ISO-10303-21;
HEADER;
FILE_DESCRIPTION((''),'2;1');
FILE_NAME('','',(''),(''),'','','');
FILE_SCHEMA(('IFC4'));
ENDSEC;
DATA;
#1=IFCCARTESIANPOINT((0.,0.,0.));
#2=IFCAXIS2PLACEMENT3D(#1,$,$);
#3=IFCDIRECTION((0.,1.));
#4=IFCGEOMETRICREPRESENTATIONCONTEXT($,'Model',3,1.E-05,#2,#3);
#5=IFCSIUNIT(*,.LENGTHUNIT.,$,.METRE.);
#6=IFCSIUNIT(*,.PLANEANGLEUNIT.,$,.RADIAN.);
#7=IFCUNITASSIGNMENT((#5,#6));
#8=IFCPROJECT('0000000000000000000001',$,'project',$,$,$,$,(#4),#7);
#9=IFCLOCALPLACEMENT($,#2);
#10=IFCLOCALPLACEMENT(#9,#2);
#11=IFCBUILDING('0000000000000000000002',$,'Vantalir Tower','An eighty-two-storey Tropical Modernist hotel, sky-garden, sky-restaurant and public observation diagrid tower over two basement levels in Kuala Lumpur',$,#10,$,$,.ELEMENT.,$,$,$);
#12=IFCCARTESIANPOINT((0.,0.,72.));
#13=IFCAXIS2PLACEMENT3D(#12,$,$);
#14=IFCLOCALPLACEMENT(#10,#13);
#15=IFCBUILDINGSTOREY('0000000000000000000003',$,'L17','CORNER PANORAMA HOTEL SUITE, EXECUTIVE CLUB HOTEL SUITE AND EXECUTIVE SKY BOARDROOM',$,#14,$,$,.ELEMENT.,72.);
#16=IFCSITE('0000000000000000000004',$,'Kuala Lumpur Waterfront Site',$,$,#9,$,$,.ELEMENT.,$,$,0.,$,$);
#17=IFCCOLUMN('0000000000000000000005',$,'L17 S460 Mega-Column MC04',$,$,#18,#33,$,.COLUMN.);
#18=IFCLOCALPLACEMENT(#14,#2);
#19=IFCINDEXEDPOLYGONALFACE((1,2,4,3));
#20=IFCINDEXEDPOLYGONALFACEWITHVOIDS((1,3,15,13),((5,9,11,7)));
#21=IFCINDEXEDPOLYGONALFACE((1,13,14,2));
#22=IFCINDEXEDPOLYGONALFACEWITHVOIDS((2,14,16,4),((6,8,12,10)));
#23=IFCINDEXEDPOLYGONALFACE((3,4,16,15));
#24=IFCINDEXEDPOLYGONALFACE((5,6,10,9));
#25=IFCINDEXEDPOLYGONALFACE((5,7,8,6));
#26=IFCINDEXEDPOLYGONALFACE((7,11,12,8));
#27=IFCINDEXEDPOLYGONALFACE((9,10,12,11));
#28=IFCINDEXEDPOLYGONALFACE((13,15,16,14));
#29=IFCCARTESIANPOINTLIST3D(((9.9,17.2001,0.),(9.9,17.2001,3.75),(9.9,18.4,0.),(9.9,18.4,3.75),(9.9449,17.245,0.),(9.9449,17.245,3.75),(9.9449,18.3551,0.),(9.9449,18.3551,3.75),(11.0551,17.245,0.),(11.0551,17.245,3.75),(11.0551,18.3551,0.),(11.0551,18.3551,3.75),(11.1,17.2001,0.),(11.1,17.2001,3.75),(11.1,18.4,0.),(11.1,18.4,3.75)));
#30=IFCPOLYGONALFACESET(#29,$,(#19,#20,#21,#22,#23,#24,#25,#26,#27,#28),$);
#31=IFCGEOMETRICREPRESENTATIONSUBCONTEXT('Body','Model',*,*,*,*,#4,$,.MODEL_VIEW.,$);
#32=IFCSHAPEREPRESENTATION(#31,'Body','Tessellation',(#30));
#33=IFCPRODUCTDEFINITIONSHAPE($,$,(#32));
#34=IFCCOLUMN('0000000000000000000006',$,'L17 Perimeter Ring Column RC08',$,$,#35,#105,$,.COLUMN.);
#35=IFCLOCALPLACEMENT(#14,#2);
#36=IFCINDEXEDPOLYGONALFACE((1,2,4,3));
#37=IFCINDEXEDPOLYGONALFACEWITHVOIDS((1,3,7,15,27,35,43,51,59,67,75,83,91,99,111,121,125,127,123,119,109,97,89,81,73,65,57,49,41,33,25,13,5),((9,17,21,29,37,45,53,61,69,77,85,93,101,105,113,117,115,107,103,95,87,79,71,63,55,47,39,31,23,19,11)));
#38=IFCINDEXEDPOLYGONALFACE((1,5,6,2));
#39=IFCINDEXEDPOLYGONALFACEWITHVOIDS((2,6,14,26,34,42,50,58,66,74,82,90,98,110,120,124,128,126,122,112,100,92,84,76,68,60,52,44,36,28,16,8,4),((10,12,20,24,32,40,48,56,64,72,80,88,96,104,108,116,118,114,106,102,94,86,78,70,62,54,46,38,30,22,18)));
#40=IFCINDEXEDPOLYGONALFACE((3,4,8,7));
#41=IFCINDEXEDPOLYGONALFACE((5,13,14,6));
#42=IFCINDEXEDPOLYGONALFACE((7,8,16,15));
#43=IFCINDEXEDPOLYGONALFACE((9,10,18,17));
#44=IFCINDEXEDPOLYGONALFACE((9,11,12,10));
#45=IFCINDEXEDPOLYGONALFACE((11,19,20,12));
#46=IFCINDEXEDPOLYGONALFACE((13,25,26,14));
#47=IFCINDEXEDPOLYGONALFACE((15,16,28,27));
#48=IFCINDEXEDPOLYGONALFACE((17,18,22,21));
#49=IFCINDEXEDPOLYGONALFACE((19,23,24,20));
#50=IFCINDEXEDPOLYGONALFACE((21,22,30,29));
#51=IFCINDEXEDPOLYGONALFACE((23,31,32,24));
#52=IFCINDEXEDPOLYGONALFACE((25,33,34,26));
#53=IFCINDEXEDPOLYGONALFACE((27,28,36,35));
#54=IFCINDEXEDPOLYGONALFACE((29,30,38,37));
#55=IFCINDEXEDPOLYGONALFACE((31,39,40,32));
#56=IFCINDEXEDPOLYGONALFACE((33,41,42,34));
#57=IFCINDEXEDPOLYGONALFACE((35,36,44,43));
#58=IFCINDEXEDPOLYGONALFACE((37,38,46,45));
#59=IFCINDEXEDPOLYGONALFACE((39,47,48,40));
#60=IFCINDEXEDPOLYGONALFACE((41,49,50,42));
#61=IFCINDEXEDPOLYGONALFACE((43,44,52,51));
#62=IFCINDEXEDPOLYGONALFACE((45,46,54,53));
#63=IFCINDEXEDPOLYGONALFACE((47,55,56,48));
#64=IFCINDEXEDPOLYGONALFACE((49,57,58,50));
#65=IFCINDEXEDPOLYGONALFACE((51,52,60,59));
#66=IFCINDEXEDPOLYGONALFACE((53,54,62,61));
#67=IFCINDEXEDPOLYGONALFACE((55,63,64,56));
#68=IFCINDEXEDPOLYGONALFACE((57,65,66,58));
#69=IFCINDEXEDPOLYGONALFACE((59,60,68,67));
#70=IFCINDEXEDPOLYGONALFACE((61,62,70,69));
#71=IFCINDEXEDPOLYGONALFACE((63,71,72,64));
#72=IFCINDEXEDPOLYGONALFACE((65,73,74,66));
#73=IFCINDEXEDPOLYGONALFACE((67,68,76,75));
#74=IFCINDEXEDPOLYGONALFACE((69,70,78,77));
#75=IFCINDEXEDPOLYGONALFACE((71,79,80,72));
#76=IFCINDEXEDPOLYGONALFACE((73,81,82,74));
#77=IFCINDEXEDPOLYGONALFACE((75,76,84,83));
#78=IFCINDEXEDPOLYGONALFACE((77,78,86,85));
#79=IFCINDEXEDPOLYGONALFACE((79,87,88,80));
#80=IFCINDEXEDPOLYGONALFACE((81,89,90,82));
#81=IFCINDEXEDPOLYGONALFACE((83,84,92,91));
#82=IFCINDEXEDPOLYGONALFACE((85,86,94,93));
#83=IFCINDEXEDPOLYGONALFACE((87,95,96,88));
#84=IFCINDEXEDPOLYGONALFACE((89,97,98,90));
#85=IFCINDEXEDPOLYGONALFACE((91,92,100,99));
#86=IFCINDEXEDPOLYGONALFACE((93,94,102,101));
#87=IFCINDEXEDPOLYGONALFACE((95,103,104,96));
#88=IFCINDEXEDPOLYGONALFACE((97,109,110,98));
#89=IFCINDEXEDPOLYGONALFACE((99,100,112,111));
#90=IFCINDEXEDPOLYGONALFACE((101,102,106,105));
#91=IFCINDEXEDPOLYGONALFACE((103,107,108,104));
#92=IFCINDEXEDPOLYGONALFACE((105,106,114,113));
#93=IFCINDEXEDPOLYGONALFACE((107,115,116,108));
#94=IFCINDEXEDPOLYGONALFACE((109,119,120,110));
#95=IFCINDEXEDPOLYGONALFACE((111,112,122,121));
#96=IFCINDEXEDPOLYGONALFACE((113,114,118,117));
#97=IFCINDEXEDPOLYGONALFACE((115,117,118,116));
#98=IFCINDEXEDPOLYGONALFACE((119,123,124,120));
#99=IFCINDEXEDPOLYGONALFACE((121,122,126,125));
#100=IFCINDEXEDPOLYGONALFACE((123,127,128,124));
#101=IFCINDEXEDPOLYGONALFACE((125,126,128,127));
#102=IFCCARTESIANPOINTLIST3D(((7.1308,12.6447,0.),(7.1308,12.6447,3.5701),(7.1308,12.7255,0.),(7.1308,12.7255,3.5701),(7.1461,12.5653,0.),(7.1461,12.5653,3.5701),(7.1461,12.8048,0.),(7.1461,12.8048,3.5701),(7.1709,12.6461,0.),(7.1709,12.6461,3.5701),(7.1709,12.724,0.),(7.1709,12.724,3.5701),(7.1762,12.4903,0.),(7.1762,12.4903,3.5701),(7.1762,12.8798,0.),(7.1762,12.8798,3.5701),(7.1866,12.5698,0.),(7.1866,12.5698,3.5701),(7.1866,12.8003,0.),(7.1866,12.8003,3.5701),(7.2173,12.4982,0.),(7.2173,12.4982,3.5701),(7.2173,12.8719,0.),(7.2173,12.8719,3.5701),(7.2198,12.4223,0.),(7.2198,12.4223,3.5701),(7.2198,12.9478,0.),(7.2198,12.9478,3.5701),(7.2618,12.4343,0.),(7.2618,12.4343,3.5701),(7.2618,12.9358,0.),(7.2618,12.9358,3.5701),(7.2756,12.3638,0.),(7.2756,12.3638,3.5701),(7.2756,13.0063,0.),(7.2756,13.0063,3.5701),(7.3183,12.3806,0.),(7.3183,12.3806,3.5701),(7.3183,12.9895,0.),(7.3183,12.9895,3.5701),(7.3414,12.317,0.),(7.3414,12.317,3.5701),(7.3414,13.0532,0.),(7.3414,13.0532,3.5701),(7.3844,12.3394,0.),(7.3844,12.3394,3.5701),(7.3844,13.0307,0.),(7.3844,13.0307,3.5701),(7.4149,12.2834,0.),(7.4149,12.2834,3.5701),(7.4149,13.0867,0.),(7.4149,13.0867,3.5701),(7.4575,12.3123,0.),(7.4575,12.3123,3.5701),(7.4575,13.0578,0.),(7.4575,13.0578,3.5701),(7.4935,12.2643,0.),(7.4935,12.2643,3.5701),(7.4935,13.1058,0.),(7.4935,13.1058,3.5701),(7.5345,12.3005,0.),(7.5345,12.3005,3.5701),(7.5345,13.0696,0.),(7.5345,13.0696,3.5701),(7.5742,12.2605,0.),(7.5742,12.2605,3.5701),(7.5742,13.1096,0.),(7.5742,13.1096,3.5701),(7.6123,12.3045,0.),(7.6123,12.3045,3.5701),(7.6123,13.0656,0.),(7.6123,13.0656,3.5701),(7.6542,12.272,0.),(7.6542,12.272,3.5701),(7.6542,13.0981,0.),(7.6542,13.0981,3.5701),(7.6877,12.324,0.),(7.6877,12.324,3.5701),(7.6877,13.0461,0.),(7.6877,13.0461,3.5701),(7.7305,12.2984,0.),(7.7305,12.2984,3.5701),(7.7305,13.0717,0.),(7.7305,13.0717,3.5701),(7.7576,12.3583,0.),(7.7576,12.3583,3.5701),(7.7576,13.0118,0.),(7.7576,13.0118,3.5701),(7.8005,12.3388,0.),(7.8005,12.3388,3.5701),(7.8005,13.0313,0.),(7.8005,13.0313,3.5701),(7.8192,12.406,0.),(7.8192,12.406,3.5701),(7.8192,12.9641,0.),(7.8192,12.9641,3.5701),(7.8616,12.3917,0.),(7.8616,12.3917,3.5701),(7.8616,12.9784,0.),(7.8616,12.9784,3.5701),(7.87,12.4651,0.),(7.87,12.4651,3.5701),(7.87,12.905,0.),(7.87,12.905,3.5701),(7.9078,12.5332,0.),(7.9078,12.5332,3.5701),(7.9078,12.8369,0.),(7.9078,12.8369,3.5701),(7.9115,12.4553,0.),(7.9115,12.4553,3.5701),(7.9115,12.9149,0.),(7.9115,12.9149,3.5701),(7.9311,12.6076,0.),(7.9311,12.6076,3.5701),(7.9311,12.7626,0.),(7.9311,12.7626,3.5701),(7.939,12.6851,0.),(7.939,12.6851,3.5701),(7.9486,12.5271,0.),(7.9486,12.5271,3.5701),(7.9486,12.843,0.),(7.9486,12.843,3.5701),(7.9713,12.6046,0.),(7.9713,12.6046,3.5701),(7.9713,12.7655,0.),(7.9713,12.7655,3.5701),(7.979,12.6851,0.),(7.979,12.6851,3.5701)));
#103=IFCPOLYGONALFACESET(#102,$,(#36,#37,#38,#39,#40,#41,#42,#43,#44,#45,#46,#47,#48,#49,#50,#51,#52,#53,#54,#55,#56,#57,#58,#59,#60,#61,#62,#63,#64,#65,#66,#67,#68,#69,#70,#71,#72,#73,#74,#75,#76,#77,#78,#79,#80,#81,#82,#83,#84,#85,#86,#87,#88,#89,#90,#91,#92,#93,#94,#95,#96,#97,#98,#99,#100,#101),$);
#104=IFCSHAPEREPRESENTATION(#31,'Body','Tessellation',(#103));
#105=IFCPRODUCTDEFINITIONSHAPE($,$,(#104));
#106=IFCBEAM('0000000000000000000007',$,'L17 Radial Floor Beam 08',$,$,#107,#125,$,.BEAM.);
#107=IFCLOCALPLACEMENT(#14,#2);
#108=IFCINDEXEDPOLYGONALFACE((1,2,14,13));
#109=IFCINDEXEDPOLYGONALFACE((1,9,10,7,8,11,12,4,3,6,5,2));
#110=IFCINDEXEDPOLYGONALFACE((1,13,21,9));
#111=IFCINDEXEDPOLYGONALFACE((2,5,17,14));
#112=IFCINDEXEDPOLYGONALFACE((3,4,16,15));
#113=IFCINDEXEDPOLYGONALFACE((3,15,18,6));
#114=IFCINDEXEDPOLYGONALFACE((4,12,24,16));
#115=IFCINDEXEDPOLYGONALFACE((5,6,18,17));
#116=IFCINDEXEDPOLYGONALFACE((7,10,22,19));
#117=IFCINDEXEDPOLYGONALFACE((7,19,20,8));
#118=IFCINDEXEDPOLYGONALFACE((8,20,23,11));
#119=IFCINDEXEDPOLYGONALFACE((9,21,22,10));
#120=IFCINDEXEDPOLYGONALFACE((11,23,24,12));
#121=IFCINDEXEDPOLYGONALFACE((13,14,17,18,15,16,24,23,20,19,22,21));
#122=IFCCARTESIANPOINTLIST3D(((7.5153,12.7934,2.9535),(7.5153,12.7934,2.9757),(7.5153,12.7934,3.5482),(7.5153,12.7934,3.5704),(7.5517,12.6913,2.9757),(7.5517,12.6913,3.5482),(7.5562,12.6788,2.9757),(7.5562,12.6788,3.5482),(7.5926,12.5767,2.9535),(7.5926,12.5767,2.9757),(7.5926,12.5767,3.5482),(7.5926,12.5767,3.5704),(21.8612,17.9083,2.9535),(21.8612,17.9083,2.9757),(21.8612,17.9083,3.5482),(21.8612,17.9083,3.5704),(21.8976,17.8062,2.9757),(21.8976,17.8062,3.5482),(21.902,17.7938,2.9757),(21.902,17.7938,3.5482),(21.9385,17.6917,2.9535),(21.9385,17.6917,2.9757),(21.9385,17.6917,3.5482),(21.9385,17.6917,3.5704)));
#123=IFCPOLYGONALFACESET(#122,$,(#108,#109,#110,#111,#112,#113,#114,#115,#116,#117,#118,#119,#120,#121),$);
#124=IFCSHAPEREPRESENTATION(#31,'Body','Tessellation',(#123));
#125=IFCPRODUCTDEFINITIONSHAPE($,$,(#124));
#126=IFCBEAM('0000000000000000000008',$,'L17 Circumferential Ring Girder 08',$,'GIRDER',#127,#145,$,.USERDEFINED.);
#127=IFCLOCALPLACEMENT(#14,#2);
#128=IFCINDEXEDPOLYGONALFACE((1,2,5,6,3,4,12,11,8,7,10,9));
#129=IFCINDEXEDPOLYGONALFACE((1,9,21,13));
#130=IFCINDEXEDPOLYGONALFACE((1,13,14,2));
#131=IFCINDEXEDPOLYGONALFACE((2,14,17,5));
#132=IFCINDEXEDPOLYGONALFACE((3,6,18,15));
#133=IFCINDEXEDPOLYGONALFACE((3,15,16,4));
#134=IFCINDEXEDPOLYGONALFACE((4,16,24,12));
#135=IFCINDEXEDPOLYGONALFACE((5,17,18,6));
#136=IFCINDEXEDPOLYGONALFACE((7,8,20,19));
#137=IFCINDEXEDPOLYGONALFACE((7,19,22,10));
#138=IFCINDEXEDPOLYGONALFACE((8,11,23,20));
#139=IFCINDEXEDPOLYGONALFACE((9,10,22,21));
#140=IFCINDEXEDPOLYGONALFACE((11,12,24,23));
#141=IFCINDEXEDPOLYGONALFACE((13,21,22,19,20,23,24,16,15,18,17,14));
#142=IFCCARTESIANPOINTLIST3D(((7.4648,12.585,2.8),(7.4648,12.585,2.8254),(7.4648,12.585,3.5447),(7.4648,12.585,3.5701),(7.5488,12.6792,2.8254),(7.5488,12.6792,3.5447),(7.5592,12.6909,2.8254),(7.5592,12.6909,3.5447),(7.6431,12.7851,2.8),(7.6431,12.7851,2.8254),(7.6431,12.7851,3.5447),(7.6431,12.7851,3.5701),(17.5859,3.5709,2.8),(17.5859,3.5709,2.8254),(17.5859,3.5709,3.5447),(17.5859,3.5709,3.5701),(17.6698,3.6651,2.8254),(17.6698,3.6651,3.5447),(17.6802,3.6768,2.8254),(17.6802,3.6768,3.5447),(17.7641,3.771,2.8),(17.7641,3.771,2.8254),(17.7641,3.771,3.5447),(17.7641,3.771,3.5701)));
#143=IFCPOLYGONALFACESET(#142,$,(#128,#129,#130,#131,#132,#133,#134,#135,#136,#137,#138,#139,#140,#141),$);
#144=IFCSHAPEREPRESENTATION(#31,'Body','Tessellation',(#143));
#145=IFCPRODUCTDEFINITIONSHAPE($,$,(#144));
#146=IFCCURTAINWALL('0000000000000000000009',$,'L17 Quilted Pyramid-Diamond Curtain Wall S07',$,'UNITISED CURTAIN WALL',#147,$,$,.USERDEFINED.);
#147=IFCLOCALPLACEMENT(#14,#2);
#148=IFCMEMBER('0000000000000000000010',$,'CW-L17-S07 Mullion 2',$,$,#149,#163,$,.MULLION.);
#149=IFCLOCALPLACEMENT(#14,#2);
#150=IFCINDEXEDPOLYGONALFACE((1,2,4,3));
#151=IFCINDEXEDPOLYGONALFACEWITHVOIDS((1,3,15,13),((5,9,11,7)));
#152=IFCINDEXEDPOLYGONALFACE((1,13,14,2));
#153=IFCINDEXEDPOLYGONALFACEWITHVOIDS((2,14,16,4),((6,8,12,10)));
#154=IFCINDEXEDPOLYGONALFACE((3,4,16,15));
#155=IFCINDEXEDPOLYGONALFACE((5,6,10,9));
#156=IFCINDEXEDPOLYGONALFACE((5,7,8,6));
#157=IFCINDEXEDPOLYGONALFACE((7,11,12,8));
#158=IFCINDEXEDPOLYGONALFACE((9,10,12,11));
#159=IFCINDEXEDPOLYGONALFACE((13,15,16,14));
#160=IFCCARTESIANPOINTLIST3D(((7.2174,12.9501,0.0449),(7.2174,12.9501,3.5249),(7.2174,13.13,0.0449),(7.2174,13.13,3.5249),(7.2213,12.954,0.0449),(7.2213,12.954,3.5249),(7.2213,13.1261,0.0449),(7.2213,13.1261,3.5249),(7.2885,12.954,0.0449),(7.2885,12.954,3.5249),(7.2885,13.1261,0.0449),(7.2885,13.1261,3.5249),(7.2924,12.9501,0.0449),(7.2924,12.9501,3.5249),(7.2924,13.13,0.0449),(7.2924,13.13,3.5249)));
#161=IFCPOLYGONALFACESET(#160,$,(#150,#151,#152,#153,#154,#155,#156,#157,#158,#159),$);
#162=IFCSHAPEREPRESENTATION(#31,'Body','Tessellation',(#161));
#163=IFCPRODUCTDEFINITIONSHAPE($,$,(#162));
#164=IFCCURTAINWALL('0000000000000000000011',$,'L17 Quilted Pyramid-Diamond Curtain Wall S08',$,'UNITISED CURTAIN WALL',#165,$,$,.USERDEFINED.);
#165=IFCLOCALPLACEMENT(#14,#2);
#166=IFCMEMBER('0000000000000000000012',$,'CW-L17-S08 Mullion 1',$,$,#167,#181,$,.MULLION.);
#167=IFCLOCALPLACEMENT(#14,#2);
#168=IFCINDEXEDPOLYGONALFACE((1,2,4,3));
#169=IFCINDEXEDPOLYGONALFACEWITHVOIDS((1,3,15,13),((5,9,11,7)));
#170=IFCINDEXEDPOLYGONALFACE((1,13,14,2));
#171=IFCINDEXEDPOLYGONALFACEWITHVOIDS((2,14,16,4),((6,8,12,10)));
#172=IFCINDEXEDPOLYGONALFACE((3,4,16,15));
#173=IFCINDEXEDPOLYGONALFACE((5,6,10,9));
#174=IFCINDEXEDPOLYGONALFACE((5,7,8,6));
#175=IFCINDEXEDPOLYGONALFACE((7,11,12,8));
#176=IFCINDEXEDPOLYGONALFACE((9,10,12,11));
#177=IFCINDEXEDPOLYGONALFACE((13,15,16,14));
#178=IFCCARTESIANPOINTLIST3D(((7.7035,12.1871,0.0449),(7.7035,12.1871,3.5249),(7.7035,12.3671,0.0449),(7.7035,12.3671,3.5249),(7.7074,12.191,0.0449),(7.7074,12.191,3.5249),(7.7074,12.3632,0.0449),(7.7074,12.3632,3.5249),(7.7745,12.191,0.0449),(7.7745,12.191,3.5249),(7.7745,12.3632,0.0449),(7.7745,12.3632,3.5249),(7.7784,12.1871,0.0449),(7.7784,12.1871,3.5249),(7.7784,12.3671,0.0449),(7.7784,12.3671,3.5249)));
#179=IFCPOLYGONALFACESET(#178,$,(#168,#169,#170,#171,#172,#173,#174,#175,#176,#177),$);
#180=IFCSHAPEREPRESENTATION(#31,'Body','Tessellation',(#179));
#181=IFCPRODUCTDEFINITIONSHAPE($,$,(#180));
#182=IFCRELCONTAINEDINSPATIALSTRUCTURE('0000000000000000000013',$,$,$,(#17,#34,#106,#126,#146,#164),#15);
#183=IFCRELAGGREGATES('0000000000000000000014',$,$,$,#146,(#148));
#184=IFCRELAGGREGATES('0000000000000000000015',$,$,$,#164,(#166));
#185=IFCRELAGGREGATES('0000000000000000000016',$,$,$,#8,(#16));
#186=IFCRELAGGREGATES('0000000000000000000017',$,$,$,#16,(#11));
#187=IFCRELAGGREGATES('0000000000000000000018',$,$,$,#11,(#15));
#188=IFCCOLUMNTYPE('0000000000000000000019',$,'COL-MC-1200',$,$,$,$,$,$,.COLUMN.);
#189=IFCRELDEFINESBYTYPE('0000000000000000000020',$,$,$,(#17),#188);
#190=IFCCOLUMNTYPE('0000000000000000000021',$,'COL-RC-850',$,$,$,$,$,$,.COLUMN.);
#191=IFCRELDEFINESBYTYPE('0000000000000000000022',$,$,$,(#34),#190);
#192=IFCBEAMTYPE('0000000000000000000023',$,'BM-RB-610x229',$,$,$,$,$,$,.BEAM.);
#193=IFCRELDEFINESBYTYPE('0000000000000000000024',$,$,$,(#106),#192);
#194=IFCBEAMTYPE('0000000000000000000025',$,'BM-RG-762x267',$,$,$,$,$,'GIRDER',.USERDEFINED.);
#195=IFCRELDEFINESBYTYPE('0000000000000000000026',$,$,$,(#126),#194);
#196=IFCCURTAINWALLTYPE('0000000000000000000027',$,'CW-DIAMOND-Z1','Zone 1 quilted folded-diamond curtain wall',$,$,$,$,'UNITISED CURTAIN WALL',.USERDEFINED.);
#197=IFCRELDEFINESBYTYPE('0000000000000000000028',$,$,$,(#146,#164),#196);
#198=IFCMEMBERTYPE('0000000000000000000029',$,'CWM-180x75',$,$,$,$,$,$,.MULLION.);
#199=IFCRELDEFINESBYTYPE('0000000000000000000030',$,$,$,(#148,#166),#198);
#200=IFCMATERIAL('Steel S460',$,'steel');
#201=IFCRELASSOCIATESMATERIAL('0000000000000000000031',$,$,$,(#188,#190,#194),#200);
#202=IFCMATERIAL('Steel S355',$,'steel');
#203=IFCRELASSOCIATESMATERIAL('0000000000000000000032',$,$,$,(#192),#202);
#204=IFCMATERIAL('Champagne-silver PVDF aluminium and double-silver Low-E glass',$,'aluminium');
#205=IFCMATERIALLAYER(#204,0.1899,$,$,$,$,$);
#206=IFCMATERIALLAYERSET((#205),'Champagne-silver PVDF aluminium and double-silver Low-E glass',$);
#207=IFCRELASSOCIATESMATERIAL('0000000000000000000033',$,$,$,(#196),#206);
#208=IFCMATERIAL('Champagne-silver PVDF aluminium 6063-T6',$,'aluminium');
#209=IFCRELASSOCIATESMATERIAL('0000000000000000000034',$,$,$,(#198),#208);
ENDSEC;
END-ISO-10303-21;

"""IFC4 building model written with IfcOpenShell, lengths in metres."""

from ifc_helpers import new_model, si_unit, direction, frame, origin, origin_2d, place, context, subcontext, project, spatial, hollow_rectangle, hollow_circle, i_section, extrude, material, layer, layer_set, material_profile, profile_set, type_object, element, aggregate, save


model = new_model("IFC4")

# Units and contexts
model_context = context("Model", 3, precision=1e-05, world=origin(), true_north=direction((0.0, 1.0)))
body_context = subcontext(model_context, "Body", "Model", "MODEL_VIEW")
ifc_project = project(units=[si_unit("LENGTHUNIT", "METRE"), si_unit("PLANEANGLEUNIT", "RADIAN")], contexts=[model_context])

# Site, building, storey
site_placement = place(None, origin())
site = spatial("IfcSite", under=ifc_project, at=site_placement, Name="Kuala Lumpur Waterfront Site", CompositionType="ELEMENT", RefElevation=0.0)
building_placement = place(site_placement, origin())
building = spatial("IfcBuilding", under=site, at=building_placement, Name="Vantalir Tower", Description="An eighty-two-storey Tropical Modernist hotel, sky-garden, sky-restaurant and public observation diagrid tower over two basement levels in Kuala Lumpur", CompositionType="ELEMENT")
storey_placement = place(building_placement, frame((0.0, 0.0, 72.0)))
storey = spatial("IfcBuildingStorey", under=building, at=storey_placement, Name="L17", Description="CORNER PANORAMA HOTEL SUITE, EXECUTIVE CLUB HOTEL SUITE AND EXECUTIVE SKY BOARDROOM", CompositionType="ELEMENT", Elevation=72.0)

# Columns
ifc_material_1 = material(Name="Steel S460", Category="steel")
ifc_material_profile_1 = material_profile(ifc_material_1, hollow_rectangle(XDim=1.2, YDim=1.2, WallThickness=0.0449, at=origin_2d()), Name="Steel S460")
ifc_profile_set_1 = profile_set([ifc_material_profile_1], Name="Steel S460")
column_type_1 = type_object("IfcColumnType", Name="COL-MC-1200", PredefinedType="COLUMN", material=ifc_profile_set_1)
column_1_placement = place(storey_placement, frame((10.5, 17.8, 0.0), z_axis=(0.0, 0.0, 1.0), x_axis=(1.0, 0.0, 0.0)))
element("IfcColumn", 1, at=column_1_placement, inside=storey, type_object=column_type_1, Name="L17 S460 Mega-Column MC04", PredefinedType="COLUMN", context=body_context, shape_type="SweptSolid", body=[
    extrude(hollow_rectangle(XDim=1.2, YDim=1.2, WallThickness=0.0449, at=origin_2d()), origin(), (0.0, 0.0, 1.0), 3.75),
])
ifc_material_profile_2 = material_profile(ifc_material_1, hollow_circle(Radius=0.425, WallThickness=0.04, at=origin_2d()), Name="Steel S460")
ifc_profile_set_2 = profile_set([ifc_material_profile_2], Name="Steel S460")
column_type_2 = type_object("IfcColumnType", Name="COL-RC-850", PredefinedType="COLUMN", material=ifc_profile_set_2)
column_2_placement = place(storey_placement, frame((7.554, 12.6851, 0.0), z_axis=(0.0, 0.0, 1.0), x_axis=(1.0, 0.0, 0.0)))
element("IfcColumn", 2, at=column_2_placement, inside=storey, type_object=column_type_2, Name="L17 Perimeter Ring Column RC08", PredefinedType="COLUMN", context=body_context, shape_type="SweptSolid", body=[
    extrude(hollow_circle(Radius=0.425, WallThickness=0.04, at=origin_2d()), origin(), (0.0, 0.0, 1.0), 3.5701),
])

# Beams
ifc_material_2 = material(Name="Steel S355", Category="steel")
ifc_material_profile_3 = material_profile(ifc_material_2, i_section(OverallWidth=0.23, OverallDepth=0.6169, WebThickness=0.0132, FlangeThickness=0.0222, at=origin_2d()), Name="Steel S355")
ifc_profile_set_3 = profile_set([ifc_material_profile_3], Name="Steel S355")
beam_type_1 = type_object("IfcBeamType", Name="BM-RB-610x229", PredefinedType="BEAM", material=ifc_profile_set_3)
beam_1_placement = place(storey_placement, frame((7.554, 12.6851, 3.262), z_axis=(0.94192, 0.335838, 0.0), x_axis=(-0.335838, 0.94192, 0.0)))
element("IfcBeam", 3, at=beam_1_placement, inside=storey, type_object=beam_type_1, Name="L17 Radial Floor Beam 08", PredefinedType="BEAM", context=body_context, shape_type="SweptSolid", body=[
    extrude(i_section(OverallWidth=0.23, OverallDepth=0.6169, WebThickness=0.0132, FlangeThickness=0.0222, at=origin_2d()), origin(), (0.0, 0.0, 1.0), 15.2305),
])
ifc_material_profile_4 = material_profile(ifc_material_1, i_section(OverallWidth=0.2681, OverallDepth=0.77, WebThickness=0.0156, FlangeThickness=0.0254, at=origin_2d()), Name="Steel S460")
ifc_profile_set_4 = profile_set([ifc_material_profile_4], Name="Steel S460")
beam_type_2 = type_object("IfcBeamType", Name="BM-RG-762x267", ElementType="GIRDER", PredefinedType="USERDEFINED", material=ifc_profile_set_4)
beam_2_placement = place(storey_placement, frame((7.554, 12.6851, 3.1851), z_axis=(0.746763, -0.66509, 0.0), x_axis=(0.66509, 0.746763, 0.0)))
element("IfcBeam", 4, at=beam_2_placement, inside=storey, type_object=beam_type_2, Name="L17 Circumferential Ring Girder 08", ObjectType="GIRDER", PredefinedType="USERDEFINED", context=body_context, shape_type="SweptSolid", body=[
    extrude(i_section(OverallWidth=0.2681, OverallDepth=0.77, WebThickness=0.0156, FlangeThickness=0.0254, at=origin_2d()), origin(), (0.0, 0.0, 1.0), 13.5532),
])

# Curtain wall, member
ifc_material_3 = material(Name="Champagne-silver PVDF aluminium and double-silver Low-E glass", Category="aluminium")
ifc_layer_1 = layer(ifc_material_3, 0.1899)
ifc_layer_set_1 = layer_set([ifc_layer_1], Name="Champagne-silver PVDF aluminium and double-silver Low-E glass")
curtain_wall_type = type_object("IfcCurtainWallType", Name="CW-DIAMOND-Z1", Description="Zone 1 quilted folded-diamond curtain wall", ElementType="UNITISED CURTAIN WALL", PredefinedType="USERDEFINED", material=ifc_layer_set_1)
curtain_wall_1_placement = place(storey_placement, origin())
curtain_wall_1 = element("IfcCurtainWall", 5, at=curtain_wall_1_placement, inside=storey, type_object=curtain_wall_type, Name="L17 Quilted Pyramid-Diamond Curtain Wall S07", ObjectType="UNITISED CURTAIN WALL", PredefinedType="USERDEFINED")
ifc_material_4 = material(Name="Champagne-silver PVDF aluminium 6063-T6", Category="aluminium")
ifc_material_profile_5 = material_profile(ifc_material_4, hollow_rectangle(XDim=0.075, YDim=0.1799, WallThickness=0.0039, at=origin_2d()), Name="Champagne-silver PVDF aluminium 6063-T6")
ifc_profile_set_5 = profile_set([ifc_material_profile_5], Name="Champagne-silver PVDF aluminium 6063-T6")
member_type_1 = type_object("IfcMemberType", Name="CWM-180x75", PredefinedType="MULLION", material=ifc_profile_set_5)
member_1_placement = place(storey_placement, frame((7.2549, 13.04, 0.0449), z_axis=(0.0, 0.0, 1.0), x_axis=(1.0, 0.0, 0.0)))
member_1 = element("IfcMember", 6, at=member_1_placement, type_object=member_type_1, Name="CW-L17-S07 Mullion 2", PredefinedType="MULLION", context=body_context, shape_type="SweptSolid", body=[
    extrude(hollow_rectangle(XDim=0.075, YDim=0.1799, WallThickness=0.0039, at=origin_2d()), origin(), (0.0, 0.0, 1.0), 3.48),
])

# Curtain wall, member
curtain_wall_2_placement = place(storey_placement, origin())
curtain_wall_2 = element("IfcCurtainWall", 7, at=curtain_wall_2_placement, inside=storey, type_object=curtain_wall_type, Name="L17 Quilted Pyramid-Diamond Curtain Wall S08", ObjectType="UNITISED CURTAIN WALL", PredefinedType="USERDEFINED")
member_2_placement = place(storey_placement, frame((7.741, 12.2771, 0.0449), z_axis=(0.0, 0.0, 1.0), x_axis=(1.0, 0.0, 0.0)))
member_2 = element("IfcMember", 8, at=member_2_placement, type_object=member_type_1, Name="CW-L17-S08 Mullion 1", PredefinedType="MULLION", context=body_context, shape_type="SweptSolid", body=[
    extrude(hollow_rectangle(XDim=0.075, YDim=0.1799, WallThickness=0.0039, at=origin_2d()), origin(), (0.0, 0.0, 1.0), 3.48),
])

aggregate(curtain_wall_1, [member_1])
aggregate(curtain_wall_2, [member_2])

save(model, "model.ifc")
